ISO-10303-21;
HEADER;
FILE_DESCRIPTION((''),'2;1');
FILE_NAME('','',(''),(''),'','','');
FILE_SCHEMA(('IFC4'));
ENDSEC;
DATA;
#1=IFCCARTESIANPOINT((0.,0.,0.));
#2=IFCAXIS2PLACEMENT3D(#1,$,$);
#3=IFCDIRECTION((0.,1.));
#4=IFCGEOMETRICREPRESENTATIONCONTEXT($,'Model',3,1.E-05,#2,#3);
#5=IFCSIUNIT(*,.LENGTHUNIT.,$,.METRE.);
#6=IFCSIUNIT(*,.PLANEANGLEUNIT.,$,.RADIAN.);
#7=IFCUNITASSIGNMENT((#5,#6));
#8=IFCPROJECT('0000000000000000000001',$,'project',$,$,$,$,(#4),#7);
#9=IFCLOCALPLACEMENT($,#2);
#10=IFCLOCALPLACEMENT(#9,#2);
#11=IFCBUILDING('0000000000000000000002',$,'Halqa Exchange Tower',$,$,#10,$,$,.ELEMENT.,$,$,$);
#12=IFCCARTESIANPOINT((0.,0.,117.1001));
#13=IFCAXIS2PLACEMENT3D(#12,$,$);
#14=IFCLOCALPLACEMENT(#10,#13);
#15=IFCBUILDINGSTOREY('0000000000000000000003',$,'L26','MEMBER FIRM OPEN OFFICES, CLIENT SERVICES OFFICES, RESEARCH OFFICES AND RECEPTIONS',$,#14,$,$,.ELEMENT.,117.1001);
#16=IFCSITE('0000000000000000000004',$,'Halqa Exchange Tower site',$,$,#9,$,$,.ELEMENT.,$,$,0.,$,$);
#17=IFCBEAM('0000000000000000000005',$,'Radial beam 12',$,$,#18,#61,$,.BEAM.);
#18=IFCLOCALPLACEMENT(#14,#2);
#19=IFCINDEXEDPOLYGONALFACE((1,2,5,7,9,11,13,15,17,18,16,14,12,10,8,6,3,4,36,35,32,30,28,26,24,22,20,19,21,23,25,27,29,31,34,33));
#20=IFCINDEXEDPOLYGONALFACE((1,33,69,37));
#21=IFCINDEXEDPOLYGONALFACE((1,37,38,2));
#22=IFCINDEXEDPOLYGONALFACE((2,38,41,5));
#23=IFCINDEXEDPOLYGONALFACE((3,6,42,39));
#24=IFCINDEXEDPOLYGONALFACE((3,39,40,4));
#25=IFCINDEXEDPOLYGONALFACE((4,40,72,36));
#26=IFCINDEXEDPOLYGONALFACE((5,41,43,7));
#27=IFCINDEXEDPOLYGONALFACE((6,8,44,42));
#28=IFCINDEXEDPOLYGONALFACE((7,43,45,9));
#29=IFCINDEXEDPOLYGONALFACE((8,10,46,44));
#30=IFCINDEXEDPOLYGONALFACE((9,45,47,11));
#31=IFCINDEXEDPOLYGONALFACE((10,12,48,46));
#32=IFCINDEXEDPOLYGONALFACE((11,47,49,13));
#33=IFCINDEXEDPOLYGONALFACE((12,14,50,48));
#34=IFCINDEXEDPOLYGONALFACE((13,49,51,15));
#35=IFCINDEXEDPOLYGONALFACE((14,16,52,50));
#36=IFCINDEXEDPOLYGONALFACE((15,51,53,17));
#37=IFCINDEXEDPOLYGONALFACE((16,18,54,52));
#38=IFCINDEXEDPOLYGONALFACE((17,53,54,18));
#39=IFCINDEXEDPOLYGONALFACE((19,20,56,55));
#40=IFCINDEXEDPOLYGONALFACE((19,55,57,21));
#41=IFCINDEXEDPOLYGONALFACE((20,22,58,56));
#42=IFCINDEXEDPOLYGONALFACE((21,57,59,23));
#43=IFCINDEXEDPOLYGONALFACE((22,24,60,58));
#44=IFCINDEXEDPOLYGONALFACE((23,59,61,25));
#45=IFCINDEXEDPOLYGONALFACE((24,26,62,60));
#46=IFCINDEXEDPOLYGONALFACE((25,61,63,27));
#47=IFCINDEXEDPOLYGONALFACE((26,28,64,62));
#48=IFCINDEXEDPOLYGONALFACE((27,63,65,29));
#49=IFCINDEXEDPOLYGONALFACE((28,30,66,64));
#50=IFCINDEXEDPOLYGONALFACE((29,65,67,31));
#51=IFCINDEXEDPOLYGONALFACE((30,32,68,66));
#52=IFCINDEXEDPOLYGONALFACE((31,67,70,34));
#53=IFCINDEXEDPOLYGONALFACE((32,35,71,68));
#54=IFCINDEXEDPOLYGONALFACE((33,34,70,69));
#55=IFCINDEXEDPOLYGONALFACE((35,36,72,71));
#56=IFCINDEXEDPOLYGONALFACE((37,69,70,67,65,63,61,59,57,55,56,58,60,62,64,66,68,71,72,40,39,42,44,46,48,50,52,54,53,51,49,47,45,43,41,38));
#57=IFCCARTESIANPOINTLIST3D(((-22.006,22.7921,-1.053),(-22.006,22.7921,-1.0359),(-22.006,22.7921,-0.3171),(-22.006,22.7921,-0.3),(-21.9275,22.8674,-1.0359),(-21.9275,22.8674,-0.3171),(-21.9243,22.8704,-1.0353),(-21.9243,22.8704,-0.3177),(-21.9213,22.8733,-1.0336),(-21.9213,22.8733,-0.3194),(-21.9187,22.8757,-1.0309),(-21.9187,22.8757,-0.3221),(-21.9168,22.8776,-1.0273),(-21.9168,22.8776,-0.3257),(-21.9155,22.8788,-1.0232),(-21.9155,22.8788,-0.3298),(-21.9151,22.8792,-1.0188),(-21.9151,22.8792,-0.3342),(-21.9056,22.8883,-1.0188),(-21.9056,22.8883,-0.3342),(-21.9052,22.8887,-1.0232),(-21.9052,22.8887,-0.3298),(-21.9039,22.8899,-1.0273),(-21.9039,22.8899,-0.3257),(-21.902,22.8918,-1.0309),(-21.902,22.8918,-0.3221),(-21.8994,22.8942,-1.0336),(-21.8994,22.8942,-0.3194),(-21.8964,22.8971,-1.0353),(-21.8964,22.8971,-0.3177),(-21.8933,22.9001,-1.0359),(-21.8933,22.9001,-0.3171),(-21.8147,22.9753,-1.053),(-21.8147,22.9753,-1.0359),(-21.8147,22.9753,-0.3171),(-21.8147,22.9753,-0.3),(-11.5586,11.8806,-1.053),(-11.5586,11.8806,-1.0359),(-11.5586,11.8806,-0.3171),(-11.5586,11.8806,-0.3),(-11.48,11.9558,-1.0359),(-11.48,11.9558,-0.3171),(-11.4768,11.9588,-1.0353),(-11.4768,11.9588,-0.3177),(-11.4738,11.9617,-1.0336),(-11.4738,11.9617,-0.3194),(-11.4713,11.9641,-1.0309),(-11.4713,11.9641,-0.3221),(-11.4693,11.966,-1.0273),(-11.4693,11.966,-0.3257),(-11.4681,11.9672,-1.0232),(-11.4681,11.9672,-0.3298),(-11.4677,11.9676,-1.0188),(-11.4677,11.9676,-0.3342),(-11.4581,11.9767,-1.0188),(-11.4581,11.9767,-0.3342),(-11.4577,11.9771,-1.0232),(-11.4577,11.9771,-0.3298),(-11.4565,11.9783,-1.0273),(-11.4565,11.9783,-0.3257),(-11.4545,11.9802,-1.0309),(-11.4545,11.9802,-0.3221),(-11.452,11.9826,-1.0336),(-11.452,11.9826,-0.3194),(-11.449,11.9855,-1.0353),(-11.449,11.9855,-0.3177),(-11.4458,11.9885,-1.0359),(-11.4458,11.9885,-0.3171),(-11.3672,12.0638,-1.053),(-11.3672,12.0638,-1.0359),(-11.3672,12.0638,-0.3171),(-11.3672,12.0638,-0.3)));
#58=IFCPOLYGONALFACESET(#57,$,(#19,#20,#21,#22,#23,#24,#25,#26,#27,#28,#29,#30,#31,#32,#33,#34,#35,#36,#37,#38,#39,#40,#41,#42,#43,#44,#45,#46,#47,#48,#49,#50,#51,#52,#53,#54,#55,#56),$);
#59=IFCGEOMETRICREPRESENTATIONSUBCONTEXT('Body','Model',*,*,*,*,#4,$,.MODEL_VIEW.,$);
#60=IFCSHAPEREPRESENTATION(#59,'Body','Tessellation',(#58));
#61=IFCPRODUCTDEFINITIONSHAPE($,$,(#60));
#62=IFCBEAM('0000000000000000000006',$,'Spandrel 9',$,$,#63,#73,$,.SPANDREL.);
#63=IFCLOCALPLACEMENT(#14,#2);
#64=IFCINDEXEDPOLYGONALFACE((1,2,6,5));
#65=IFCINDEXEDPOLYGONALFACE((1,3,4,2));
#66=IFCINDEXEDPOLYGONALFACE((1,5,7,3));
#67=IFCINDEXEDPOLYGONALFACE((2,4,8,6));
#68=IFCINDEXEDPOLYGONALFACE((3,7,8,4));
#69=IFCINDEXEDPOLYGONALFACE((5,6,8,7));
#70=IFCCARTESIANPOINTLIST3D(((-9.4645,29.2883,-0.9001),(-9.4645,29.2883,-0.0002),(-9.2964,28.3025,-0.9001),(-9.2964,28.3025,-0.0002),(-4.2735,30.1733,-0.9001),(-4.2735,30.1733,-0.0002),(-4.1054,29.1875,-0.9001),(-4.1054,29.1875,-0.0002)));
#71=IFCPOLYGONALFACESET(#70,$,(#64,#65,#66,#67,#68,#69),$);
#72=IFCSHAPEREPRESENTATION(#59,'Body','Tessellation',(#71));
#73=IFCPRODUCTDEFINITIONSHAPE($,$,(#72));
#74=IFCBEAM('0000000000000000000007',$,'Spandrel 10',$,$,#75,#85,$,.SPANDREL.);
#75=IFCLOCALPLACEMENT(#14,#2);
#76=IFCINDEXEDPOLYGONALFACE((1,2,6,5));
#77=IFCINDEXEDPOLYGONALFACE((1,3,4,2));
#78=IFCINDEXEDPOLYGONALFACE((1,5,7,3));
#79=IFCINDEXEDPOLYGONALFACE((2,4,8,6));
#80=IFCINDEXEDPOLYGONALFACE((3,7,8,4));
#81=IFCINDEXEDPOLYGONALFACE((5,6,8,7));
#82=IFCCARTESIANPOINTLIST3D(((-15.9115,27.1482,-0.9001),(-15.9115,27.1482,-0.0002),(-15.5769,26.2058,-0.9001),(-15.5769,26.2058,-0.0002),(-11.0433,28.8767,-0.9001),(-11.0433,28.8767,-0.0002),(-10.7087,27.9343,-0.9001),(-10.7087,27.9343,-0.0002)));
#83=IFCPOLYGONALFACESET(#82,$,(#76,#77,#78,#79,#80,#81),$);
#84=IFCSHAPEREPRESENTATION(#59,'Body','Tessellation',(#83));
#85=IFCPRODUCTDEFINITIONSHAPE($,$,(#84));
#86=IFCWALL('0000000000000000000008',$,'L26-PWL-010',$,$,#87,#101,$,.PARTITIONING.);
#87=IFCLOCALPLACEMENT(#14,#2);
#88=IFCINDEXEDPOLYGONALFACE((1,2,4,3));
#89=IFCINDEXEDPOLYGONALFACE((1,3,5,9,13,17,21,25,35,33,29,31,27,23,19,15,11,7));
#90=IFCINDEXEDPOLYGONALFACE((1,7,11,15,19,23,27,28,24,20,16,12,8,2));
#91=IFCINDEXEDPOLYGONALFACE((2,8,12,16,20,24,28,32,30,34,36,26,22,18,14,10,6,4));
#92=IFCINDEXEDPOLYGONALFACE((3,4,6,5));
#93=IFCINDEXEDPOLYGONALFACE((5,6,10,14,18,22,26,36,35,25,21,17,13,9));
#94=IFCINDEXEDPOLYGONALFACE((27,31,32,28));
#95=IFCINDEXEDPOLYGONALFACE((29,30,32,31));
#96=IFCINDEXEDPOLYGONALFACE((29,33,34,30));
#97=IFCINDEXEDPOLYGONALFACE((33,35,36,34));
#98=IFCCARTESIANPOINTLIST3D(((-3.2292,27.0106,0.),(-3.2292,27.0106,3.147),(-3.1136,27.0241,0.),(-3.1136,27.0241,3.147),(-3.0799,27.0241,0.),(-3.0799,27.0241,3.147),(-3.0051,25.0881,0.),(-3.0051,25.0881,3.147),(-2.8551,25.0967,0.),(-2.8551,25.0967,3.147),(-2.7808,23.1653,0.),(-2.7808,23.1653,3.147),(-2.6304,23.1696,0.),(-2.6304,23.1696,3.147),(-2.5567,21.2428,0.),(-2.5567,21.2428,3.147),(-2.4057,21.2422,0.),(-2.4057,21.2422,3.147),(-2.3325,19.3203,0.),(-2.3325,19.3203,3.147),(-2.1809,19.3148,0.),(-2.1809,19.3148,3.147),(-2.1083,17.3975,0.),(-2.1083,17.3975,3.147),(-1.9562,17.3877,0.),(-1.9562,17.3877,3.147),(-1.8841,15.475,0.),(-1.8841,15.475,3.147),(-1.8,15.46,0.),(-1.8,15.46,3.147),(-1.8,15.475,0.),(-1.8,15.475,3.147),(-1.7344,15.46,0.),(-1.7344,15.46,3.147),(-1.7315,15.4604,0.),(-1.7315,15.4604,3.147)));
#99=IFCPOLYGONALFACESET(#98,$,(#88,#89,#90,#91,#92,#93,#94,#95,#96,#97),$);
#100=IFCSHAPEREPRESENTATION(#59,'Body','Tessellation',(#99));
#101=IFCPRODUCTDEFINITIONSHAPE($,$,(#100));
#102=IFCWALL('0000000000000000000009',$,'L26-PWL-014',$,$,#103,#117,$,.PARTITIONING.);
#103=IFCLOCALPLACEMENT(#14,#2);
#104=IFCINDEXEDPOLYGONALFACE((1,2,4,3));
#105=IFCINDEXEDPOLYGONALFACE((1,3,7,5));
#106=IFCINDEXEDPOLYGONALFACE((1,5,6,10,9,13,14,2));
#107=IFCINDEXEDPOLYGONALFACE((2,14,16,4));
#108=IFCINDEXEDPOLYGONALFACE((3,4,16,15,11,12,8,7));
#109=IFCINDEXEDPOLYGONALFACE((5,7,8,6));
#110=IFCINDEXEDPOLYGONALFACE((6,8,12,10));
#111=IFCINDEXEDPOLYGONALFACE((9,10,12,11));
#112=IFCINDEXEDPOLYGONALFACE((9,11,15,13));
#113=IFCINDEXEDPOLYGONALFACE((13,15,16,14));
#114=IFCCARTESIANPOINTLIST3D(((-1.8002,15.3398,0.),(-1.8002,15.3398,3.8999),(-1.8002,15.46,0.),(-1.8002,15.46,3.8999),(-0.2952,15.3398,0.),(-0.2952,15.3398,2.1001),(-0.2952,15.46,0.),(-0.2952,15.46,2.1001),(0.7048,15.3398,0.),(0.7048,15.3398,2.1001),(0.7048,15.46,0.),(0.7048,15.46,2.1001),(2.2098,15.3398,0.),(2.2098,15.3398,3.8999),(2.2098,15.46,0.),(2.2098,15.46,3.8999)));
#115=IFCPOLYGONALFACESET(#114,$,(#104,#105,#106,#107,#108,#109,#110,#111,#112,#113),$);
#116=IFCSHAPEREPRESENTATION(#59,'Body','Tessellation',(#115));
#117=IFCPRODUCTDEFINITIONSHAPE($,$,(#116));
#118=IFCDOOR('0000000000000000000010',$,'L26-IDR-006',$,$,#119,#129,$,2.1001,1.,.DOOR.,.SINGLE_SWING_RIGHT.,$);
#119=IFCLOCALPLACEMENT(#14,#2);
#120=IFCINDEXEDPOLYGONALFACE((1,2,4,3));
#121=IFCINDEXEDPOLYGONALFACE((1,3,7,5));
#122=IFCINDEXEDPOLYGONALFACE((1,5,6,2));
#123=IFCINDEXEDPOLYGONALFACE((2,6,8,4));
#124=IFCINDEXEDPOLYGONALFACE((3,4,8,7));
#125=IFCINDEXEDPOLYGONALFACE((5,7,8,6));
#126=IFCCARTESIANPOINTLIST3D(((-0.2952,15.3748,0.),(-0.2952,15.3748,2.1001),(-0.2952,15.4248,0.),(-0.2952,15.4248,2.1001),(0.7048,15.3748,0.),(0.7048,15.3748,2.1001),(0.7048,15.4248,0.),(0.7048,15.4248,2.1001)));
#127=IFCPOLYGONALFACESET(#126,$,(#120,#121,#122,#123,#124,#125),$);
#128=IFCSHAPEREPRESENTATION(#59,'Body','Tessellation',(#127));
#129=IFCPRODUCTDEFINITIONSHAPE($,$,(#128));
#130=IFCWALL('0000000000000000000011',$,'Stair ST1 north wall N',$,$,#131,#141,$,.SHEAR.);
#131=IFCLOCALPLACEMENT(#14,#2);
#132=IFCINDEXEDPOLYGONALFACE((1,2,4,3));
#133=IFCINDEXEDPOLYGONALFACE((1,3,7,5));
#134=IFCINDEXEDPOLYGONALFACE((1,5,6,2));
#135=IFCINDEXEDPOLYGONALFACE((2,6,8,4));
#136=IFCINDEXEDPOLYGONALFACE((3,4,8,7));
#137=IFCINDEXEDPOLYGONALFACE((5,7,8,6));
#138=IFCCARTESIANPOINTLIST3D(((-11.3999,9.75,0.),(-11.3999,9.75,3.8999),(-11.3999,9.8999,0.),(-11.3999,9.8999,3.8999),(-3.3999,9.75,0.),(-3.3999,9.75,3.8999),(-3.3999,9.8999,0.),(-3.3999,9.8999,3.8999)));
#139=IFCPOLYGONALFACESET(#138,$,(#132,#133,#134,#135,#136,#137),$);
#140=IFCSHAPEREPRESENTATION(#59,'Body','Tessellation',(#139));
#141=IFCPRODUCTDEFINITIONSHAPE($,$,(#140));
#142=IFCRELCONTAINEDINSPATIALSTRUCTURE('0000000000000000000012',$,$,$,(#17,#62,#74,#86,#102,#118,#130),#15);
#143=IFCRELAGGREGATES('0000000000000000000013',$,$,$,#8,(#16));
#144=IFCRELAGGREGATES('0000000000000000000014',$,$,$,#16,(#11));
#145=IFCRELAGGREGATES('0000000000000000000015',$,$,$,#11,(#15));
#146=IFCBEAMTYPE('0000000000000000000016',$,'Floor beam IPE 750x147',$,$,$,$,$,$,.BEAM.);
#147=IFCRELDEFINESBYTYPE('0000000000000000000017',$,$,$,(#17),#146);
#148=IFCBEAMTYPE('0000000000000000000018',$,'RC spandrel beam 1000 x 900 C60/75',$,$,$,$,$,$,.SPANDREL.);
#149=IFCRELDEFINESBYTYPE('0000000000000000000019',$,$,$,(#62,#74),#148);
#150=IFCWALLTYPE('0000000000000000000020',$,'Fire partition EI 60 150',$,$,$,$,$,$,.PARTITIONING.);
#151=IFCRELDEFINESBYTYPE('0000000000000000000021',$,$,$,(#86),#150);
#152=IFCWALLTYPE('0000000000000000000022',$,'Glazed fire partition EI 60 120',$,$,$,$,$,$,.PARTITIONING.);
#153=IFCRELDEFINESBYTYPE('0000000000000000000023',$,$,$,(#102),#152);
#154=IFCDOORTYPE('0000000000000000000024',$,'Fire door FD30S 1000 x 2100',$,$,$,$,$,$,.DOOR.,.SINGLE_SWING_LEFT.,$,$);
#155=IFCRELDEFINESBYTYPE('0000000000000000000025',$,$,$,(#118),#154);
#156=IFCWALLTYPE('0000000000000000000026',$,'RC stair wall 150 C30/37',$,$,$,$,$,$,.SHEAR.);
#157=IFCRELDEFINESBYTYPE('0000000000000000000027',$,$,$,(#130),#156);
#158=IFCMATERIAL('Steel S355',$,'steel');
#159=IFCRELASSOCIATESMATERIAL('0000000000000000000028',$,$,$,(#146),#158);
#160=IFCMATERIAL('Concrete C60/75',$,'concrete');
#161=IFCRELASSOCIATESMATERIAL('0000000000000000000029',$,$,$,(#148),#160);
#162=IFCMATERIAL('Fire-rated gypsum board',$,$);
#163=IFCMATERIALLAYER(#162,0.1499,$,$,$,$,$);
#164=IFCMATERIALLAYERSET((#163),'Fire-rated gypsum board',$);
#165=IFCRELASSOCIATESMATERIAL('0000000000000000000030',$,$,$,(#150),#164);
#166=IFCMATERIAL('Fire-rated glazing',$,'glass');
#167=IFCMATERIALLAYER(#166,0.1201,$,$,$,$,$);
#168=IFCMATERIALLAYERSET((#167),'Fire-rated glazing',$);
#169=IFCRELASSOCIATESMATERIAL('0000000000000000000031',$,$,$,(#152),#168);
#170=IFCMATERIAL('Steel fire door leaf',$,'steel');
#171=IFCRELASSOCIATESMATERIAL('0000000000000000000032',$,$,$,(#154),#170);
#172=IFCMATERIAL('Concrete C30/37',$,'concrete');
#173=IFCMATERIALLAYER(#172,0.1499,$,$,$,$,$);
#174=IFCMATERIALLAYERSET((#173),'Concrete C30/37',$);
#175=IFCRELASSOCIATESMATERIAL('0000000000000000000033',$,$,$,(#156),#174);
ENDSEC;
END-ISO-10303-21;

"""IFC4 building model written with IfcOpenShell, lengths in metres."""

from ifc_helpers import new_model, si_unit, direction, frame, frame_2d, origin, origin_2d, place, context, subcontext, project, spatial, polyline, rectangle, i_section, outline, extrude, material, layer, layer_set, material_profile, profile_set, type_object, element, fill, save


model = new_model("IFC4")

# Units and contexts
model_context = context("Model", 3, precision=1e-05, world=origin(), true_north=direction((0.0, 1.0)))
body_context = subcontext(model_context, "Body", "Model", "MODEL_VIEW")
ifc_project = project(units=[si_unit("LENGTHUNIT", "METRE"), si_unit("PLANEANGLEUNIT", "RADIAN")], contexts=[model_context])

# Site, building, storey
site_placement = place(None, origin())
site = spatial("IfcSite", under=ifc_project, at=site_placement, Name="Halqa Exchange Tower site", CompositionType="ELEMENT", RefElevation=0.0)
building_placement = place(site_placement, origin())
building = spatial("IfcBuilding", under=site, at=building_placement, Name="Halqa Exchange Tower", CompositionType="ELEMENT")
storey_placement = place(building_placement, frame((0.0, 0.0, 117.1001)))
storey = spatial("IfcBuildingStorey", under=building, at=storey_placement, Name="L26", Description="MEMBER FIRM OPEN OFFICES, CLIENT SERVICES OFFICES, RESEARCH OFFICES AND RECEPTIONS", CompositionType="ELEMENT", Elevation=117.1001)

# Beams
ifc_material_1 = material(Name="Steel S355", Category="steel")
ifc_material_profile_1 = material_profile(ifc_material_1, i_section(OverallWidth=0.2649, OverallDepth=0.7529, WebThickness=0.0132, FlangeThickness=0.0171, FilletRadius=0.0171, at=origin_2d()), Name="IPE 750x147")
ifc_profile_set_1 = profile_set([ifc_material_profile_1], Name="Steel S355")
beam_type_1 = type_object("IfcBeamType", Name="Floor beam IPE 750x147", PredefinedType="BEAM", material=ifc_profile_set_1)
beam_1_placement = place(storey_placement, frame((-11.4629, 11.9722, -0.6765), z_axis=(-0.691579, 0.722301, 0.0), x_axis=(-0.722301, -0.691579, 0.0)))
element("IfcBeam", 1, at=beam_1_placement, inside=storey, type_object=beam_type_1, Name="Radial beam 12", PredefinedType="BEAM", context=body_context, shape_type="SweptSolid", body=[
    extrude(i_section(OverallWidth=0.2649, OverallDepth=0.7529, WebThickness=0.0132, FlangeThickness=0.0171, FilletRadius=0.0171, at=origin_2d()), origin(), (0.0, 0.0, 1.0), 15.1067),
])
ifc_material_2 = material(Name="Concrete C60/75", Category="concrete")
ifc_material_profile_2 = material_profile(ifc_material_2, rectangle(XDim=1.0, YDim=0.8999, at=origin_2d()), Name="1000 x 900")
ifc_profile_set_2 = profile_set([ifc_material_profile_2], Name="Concrete C60/75")
beam_type_2 = type_object("IfcBeamType", Name="RC spandrel beam 1000 x 900 C60/75", PredefinedType="SPANDREL", material=ifc_profile_set_2)
beam_2_placement = place(storey_placement, frame((-4.1895, 29.6804, -0.4502), z_axis=(-0.985776, -0.168067, 0.0), x_axis=(0.168067, -0.985776, 0.0)))
element("IfcBeam", 2, at=beam_2_placement, inside=storey, type_object=beam_type_2, Name="Spandrel 9", PredefinedType="SPANDREL", context=body_context, shape_type="SweptSolid", body=[
    extrude(rectangle(XDim=1.0, YDim=0.8999, at=origin_2d()), origin(), (0.0, 0.0, 1.0), 5.2659),
])
beam_3_placement = place(storey_placement, frame((-10.876, 28.4055, -0.4502), z_axis=(-0.94236, -0.334599, 0.0), x_axis=(0.334599, -0.94236, 0.0)))
element("IfcBeam", 3, at=beam_3_placement, inside=storey, type_object=beam_type_2, Name="Spandrel 10", PredefinedType="SPANDREL", context=body_context, shape_type="SweptSolid", body=[
    extrude(rectangle(XDim=1.0, YDim=0.8999, at=origin_2d()), origin(), (0.0, 0.0, 1.0), 5.166),
])

# Wall
ifc_material_3 = material(Name="Fire-rated gypsum board")
ifc_layer_1 = layer(ifc_material_3, 0.1499)
ifc_layer_set_1 = layer_set([ifc_layer_1], Name="Fire-rated gypsum board")
wall_type_1 = type_object("IfcWallType", Name="Fire partition EI 60 150", PredefinedType="PARTITIONING", material=ifc_layer_set_1)
wall_1_placement = place(storey_placement, frame((-3.1548, 27.0193, 0.0), z_axis=(0.0, 0.0, 1.0), x_axis=(0.115823, -0.99327, 0.0)))
element("IfcWall", 4, at=wall_1_placement, inside=storey, type_object=wall_type_1, Name="L26-PWL-010", PredefinedType="PARTITIONING", context=body_context, shape_type="SweptSolid", body=[
    extrude(outline(polyline([(0.0, -0.075), (1.9355, -0.075), (3.8713, -0.075), (5.8069, -0.075), (7.7424, -0.075), (9.6782, -0.075), (11.6138, -0.075), (11.6235, 0.0085), (11.6384, 0.0068), (11.646, 0.072), (11.646, 0.075), (9.7056, 0.075), (7.7654, 0.075), (5.825, 0.075), (3.8845, 0.075), (1.9443, 0.075), (0.0039, 0.075), (0.0, 0.0415), (0.0, -0.075)])), origin(), (0.0, 0.0, 1.0), 3.147),
])

# Wall, opening, door
ifc_material_4 = material(Name="Fire-rated glazing", Category="glass")
ifc_layer_2 = layer(ifc_material_4, 0.1201)
ifc_layer_set_2 = layer_set([ifc_layer_2], Name="Fire-rated glazing")
wall_type_2 = type_object("IfcWallType", Name="Glazed fire partition EI 60 120", PredefinedType="PARTITIONING", material=ifc_layer_set_2)
wall_2_placement = place(storey_placement, frame((-1.8, 15.3999, 0.0), z_axis=(0.0, 0.0, 1.0), x_axis=(1.0, 0.0, 0.0)))
wall_2 = element("IfcWall", 5, at=wall_2_placement, inside=storey, type_object=wall_type_2, Name="L26-PWL-014", PredefinedType="PARTITIONING", context=body_context, shape_type="SweptSolid", body=[
    extrude(rectangle(XDim=4.01, YDim=0.1201, at=frame_2d((2.0049, 0.0))), origin(), (0.0, 0.0, 1.0), 3.8999),
])
opening_1_placement = place(wall_2_placement, frame((1.5049, 0.0, 0.0)))
opening_1 = element("IfcOpeningElement", 6, at=opening_1_placement, cuts=wall_2, PredefinedType="OPENING", context=body_context, shape_type="SweptSolid", body=[
    extrude(rectangle(XDim=1.0, YDim=2.1001, at=frame_2d((0.5, 1.05))), frame((0.0, 0.072, 0.0), z_axis=(0.0, -1.0, 0.0), x_axis=(1.0, 0.0, 0.0)), (0.0, 0.0, 1.0), 0.144),
])
ifc_material_5 = material(Name="Steel fire door leaf", Category="steel")
door_type_1 = type_object("IfcDoorType", Name="Fire door FD30S 1000 x 2100", OperationType="SINGLE_SWING_LEFT", PredefinedType="DOOR", material=ifc_material_5)
door_1_placement = place(opening_1_placement, origin())
door_1 = element("IfcDoor", 7, at=door_1_placement, inside=storey, type_object=door_type_1, Name="L26-IDR-006", OperationType="SINGLE_SWING_RIGHT", OverallHeight=2.1001, OverallWidth=1.0, PredefinedType="DOOR", context=body_context, shape_type="SweptSolid", body=[
    extrude(rectangle(XDim=1.0, YDim=2.1001, at=frame_2d((0.5, 1.05))), frame((0.0, 0.0249, 0.0), z_axis=(0.0, -1.0, 0.0), x_axis=(1.0, 0.0, 0.0)), (0.0, 0.0, 1.0), 0.05),
])
fill(opening_1, door_1)

# Wall
ifc_material_6 = material(Name="Concrete C30/37", Category="concrete")
ifc_layer_3 = layer(ifc_material_6, 0.1499)
ifc_layer_set_3 = layer_set([ifc_layer_3], Name="Concrete C30/37")
wall_type_3 = type_object("IfcWallType", Name="RC stair wall 150 C30/37", PredefinedType="SHEAR", material=ifc_layer_set_3)
wall_3_placement = place(storey_placement, frame((-11.3999, 9.825, 0.0), z_axis=(0.0, 0.0, 1.0), x_axis=(1.0, 0.0, 0.0)))
element("IfcWall", 8, at=wall_3_placement, inside=storey, type_object=wall_type_3, Name="Stair ST1 north wall N", PredefinedType="SHEAR", context=body_context, shape_type="SweptSolid", body=[
    extrude(rectangle(XDim=8.0, YDim=0.1499, at=frame_2d((4.0, 0.0))), origin(), (0.0, 0.0, 1.0), 3.8999),
])

save(model, "model.ifc")
